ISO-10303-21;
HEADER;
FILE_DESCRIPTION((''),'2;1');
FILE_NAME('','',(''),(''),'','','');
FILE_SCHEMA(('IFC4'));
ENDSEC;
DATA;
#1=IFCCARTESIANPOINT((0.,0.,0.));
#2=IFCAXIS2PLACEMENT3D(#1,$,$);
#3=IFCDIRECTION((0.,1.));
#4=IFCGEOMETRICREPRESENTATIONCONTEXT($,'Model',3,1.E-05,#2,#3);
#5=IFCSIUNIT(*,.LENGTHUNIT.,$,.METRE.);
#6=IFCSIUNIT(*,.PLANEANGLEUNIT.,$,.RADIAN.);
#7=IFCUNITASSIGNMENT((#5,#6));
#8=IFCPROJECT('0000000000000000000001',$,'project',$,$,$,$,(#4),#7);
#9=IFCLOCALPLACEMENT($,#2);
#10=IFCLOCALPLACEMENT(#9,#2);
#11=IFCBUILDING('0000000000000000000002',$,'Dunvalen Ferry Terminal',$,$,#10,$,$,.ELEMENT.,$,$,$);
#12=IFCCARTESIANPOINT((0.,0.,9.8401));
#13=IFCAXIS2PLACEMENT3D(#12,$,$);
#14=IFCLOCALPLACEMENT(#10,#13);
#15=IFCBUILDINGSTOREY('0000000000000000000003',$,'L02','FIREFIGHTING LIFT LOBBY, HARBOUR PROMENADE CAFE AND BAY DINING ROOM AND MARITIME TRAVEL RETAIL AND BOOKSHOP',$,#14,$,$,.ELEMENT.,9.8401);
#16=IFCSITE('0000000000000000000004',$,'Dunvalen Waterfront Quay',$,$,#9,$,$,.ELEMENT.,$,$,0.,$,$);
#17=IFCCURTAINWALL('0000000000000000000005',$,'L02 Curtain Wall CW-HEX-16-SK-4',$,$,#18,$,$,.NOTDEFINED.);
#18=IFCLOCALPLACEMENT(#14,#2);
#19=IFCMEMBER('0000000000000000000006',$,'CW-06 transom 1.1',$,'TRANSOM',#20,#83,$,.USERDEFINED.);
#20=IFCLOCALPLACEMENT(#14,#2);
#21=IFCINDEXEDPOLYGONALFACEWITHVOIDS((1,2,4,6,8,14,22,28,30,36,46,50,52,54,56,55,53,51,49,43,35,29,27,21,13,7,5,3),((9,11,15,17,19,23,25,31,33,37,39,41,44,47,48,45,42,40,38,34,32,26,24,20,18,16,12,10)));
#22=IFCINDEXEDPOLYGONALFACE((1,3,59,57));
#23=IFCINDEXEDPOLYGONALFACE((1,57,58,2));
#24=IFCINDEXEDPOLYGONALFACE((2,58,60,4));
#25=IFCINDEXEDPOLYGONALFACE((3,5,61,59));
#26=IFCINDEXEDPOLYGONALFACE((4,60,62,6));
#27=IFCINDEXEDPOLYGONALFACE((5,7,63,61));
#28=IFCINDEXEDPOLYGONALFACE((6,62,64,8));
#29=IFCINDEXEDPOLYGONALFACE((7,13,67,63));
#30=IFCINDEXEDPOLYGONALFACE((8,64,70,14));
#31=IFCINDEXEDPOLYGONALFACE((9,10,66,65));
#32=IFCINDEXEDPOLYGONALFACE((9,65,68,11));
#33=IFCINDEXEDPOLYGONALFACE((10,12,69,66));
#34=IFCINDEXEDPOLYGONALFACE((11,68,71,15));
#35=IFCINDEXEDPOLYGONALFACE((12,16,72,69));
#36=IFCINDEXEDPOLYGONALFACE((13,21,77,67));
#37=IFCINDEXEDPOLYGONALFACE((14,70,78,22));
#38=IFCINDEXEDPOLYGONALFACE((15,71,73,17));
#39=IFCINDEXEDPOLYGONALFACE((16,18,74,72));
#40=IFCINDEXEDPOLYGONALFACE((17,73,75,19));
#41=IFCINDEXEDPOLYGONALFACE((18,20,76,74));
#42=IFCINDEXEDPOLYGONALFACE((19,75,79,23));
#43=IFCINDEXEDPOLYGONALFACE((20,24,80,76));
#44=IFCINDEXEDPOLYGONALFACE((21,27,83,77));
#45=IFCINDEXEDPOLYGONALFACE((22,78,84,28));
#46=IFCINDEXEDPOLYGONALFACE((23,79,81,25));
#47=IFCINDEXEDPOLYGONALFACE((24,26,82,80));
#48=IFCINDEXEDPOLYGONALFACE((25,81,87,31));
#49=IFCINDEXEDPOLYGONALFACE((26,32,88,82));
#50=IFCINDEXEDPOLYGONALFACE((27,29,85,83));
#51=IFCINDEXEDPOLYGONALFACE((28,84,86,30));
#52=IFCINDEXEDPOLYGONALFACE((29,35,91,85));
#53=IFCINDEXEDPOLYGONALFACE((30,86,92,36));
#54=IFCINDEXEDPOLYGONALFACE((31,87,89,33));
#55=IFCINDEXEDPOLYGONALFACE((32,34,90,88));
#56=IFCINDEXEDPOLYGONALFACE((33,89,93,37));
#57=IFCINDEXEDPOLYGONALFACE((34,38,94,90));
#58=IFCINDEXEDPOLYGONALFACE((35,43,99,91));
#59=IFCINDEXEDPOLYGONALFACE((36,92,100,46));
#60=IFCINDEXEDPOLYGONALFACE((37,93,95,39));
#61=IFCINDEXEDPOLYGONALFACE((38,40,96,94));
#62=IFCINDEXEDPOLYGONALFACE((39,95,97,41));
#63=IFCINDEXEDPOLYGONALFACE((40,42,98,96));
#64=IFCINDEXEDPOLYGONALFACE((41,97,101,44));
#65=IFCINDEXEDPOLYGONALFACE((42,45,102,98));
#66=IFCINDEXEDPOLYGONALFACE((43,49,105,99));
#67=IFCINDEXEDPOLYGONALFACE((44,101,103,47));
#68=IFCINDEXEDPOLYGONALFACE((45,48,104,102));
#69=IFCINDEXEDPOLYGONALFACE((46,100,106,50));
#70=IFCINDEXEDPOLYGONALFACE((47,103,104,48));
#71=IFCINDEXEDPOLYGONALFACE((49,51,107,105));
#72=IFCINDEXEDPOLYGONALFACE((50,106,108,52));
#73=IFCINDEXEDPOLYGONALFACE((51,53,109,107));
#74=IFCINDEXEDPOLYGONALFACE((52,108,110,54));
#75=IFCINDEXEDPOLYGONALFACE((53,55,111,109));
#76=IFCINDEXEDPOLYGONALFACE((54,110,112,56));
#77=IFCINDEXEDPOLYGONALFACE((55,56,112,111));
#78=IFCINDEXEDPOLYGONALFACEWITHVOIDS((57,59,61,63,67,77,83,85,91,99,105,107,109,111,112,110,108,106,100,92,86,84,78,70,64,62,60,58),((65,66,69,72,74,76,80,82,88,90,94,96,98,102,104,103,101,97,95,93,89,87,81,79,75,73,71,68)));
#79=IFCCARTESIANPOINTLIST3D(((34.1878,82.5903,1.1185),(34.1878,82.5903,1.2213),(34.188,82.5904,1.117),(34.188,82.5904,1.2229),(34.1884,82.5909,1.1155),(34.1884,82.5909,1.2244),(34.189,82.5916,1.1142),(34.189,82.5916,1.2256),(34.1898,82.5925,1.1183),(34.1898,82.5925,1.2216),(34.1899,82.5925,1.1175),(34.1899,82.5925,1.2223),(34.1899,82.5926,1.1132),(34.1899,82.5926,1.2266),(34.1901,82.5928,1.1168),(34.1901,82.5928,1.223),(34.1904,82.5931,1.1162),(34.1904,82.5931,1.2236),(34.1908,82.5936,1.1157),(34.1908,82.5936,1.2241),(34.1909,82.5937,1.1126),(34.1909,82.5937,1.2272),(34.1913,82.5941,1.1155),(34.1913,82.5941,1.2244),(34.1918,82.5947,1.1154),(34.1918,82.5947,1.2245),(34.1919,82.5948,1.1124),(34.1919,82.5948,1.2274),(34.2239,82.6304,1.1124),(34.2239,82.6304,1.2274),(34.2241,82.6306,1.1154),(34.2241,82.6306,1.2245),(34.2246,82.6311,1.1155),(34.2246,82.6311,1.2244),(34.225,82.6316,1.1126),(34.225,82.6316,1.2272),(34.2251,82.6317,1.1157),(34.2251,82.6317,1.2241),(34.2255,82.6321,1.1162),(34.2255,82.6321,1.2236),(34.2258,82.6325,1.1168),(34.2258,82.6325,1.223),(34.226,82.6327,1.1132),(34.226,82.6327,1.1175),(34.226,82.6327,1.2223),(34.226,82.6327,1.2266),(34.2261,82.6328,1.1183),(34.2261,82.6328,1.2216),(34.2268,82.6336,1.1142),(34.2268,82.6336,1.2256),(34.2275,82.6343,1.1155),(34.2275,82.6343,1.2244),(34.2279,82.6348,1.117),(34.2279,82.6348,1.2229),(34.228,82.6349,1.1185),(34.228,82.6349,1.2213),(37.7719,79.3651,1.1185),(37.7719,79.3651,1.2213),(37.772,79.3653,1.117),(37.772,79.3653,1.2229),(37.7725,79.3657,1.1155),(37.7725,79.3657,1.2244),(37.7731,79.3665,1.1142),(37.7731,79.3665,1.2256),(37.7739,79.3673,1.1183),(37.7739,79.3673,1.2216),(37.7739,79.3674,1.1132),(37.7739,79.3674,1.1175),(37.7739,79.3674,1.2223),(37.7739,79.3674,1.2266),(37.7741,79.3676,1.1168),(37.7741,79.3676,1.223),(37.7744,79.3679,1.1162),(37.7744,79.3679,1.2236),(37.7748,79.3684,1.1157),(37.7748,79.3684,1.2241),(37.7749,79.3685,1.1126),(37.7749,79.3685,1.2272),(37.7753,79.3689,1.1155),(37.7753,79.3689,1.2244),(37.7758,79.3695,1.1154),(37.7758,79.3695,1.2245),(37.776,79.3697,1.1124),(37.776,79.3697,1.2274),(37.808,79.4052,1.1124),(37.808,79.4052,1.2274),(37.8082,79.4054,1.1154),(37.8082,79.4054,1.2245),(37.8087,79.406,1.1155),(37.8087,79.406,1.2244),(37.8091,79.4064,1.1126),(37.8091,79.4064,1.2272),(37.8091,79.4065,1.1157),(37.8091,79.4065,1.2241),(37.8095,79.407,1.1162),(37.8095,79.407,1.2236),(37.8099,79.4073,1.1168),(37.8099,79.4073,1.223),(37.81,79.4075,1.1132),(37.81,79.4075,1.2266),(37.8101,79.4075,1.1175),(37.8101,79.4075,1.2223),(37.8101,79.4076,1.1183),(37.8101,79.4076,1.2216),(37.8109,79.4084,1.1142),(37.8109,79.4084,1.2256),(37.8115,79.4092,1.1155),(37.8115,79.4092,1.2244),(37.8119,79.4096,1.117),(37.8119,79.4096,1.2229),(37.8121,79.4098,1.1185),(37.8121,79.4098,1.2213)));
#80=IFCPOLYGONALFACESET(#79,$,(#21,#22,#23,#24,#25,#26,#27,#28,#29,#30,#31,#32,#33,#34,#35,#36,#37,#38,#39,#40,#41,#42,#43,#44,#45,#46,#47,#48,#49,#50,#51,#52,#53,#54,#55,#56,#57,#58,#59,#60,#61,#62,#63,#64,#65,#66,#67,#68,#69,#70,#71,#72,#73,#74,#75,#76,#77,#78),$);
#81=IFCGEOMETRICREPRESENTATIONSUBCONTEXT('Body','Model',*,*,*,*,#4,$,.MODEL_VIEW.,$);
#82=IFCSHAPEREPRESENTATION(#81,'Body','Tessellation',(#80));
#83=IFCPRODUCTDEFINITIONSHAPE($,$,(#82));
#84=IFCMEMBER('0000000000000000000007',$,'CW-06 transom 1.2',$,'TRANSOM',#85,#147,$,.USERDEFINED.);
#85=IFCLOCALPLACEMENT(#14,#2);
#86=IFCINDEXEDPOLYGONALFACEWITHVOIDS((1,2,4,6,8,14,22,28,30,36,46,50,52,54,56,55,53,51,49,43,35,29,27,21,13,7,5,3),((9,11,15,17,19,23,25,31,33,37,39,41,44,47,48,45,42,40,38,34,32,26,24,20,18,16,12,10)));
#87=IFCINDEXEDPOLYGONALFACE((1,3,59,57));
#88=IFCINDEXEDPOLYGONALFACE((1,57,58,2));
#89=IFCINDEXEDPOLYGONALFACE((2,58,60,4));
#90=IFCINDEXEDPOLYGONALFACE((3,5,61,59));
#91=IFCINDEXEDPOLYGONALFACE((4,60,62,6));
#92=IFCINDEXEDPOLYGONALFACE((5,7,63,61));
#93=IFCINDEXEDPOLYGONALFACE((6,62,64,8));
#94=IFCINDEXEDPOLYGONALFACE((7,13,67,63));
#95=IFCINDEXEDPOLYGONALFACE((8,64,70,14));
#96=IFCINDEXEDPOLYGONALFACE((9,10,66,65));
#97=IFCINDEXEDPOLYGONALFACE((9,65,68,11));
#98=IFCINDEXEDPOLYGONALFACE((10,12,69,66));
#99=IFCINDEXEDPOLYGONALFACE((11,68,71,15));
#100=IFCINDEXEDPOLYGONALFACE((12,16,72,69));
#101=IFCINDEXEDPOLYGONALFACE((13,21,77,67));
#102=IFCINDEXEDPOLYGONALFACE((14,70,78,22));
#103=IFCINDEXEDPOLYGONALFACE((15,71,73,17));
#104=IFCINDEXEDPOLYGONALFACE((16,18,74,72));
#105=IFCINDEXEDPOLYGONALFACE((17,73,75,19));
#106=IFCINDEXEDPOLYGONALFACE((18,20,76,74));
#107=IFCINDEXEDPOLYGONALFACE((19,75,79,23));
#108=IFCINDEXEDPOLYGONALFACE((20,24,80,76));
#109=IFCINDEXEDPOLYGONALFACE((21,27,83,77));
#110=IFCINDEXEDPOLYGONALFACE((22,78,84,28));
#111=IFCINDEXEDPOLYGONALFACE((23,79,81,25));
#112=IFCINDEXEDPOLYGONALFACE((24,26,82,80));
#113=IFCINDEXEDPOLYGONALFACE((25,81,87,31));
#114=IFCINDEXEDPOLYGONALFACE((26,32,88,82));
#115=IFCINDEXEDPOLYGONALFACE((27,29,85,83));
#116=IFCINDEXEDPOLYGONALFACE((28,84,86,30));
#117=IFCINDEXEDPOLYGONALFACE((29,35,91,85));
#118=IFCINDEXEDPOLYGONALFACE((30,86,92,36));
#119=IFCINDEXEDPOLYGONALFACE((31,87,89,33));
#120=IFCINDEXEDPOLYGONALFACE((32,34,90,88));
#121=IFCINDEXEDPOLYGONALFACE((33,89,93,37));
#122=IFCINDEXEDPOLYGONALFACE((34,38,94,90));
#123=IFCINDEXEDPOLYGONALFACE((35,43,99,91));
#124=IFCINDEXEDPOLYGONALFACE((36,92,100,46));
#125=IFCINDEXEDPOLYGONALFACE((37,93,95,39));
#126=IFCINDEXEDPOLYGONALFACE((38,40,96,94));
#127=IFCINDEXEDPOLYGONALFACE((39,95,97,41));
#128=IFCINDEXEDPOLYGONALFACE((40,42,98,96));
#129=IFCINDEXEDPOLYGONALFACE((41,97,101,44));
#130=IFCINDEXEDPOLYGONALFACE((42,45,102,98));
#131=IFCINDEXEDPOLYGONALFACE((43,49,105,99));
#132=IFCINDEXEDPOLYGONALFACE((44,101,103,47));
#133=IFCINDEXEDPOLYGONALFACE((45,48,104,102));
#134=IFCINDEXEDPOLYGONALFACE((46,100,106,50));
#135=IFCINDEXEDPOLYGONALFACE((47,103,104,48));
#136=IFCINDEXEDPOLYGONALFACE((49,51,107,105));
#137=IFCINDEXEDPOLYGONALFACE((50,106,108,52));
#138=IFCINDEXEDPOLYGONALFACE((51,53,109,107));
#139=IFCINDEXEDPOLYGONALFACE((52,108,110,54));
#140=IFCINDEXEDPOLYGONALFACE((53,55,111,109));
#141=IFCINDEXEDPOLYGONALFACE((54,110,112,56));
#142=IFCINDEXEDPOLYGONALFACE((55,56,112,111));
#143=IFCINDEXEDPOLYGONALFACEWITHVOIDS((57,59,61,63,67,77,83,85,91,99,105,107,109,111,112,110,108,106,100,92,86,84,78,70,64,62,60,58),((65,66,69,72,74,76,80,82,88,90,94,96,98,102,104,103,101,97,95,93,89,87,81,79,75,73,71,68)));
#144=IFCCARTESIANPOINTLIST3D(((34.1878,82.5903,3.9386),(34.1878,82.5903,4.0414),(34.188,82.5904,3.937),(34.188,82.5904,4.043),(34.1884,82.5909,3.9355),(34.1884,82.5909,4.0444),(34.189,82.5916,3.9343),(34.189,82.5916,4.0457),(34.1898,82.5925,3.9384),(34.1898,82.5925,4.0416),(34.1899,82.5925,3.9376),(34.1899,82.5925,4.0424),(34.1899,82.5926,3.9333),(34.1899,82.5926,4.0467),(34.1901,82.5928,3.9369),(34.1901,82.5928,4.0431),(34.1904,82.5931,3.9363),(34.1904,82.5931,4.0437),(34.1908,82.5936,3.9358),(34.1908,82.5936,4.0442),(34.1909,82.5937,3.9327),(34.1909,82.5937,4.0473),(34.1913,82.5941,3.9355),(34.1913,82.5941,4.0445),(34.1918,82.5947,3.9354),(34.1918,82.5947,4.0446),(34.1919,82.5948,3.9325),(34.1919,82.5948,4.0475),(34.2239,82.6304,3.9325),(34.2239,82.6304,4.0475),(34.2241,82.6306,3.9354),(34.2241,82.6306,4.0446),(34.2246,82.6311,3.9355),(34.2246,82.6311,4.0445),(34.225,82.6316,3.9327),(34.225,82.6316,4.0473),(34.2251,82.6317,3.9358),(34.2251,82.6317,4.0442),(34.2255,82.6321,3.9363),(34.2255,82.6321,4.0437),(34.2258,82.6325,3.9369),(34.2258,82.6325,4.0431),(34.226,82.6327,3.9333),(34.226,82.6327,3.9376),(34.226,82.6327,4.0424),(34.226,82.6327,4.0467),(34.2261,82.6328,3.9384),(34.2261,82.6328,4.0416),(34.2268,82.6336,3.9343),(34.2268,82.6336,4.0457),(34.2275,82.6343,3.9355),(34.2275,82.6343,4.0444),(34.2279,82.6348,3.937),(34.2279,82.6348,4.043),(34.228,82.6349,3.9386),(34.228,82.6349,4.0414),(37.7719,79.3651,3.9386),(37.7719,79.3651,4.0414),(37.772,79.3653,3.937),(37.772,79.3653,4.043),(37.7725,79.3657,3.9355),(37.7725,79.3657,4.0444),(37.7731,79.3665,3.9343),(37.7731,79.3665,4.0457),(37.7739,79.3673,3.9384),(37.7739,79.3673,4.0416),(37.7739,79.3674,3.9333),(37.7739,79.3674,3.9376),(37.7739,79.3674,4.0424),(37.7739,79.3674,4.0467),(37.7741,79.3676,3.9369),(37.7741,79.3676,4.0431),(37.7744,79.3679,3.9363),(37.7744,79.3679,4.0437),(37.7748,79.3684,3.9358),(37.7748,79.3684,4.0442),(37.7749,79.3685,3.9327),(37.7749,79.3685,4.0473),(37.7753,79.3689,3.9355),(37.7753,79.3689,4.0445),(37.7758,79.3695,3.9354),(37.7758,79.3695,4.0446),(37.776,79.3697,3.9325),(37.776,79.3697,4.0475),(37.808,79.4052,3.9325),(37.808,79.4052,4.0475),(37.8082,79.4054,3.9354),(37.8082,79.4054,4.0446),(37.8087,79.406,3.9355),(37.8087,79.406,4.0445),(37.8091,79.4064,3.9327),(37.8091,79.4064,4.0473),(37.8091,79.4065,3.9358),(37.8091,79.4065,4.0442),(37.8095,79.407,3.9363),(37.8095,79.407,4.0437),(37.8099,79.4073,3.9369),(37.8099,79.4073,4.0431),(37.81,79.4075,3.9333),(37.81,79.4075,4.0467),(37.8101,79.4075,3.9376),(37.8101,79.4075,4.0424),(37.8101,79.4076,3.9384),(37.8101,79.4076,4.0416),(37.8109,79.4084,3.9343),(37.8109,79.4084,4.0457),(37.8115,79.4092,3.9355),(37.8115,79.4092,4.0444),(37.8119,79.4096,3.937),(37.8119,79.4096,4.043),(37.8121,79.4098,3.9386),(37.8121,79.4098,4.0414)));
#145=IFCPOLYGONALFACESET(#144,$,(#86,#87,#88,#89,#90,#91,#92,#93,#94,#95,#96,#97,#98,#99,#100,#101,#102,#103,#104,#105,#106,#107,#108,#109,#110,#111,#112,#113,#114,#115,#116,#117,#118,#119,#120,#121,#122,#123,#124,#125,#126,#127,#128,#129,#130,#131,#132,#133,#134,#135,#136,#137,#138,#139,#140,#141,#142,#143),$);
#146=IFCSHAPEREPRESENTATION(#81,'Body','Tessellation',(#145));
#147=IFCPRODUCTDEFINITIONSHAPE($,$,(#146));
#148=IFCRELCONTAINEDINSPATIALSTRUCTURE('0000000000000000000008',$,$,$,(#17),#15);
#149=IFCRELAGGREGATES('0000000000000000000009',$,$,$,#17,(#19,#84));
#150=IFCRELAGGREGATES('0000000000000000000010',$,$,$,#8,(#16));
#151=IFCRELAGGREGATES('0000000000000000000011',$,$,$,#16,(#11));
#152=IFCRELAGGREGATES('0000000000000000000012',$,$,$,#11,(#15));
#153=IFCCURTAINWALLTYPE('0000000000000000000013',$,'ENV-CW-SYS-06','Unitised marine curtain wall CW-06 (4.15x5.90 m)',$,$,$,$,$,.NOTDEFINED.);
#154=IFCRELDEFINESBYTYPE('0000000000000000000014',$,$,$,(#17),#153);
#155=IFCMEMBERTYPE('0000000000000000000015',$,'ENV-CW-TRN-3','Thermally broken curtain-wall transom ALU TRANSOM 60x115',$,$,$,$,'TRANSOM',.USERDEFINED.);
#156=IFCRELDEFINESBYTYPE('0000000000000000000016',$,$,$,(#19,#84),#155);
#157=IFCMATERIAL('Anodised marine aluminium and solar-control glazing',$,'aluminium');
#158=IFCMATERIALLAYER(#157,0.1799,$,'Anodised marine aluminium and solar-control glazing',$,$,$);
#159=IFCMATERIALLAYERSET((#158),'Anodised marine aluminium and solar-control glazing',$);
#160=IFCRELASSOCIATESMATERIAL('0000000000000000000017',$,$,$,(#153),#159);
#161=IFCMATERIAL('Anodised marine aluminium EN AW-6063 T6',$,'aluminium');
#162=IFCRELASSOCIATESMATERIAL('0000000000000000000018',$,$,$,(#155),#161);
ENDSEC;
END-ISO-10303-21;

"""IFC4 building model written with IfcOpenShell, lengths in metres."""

from ifc_helpers import new_model, si_unit, direction, frame, origin, origin_2d, place, context, subcontext, project, spatial, hollow_rectangle, extrude, material, layer, layer_set, material_profile, profile_set, type_object, element, aggregate, save


model = new_model("IFC4")

# Units and contexts
model_context = context("Model", 3, precision=1e-05, world=origin(), true_north=direction((0.0, 1.0)))
body_context = subcontext(model_context, "Body", "Model", "MODEL_VIEW")
ifc_project = project(units=[si_unit("LENGTHUNIT", "METRE"), si_unit("PLANEANGLEUNIT", "RADIAN")], contexts=[model_context])

# Site, building, storey
site_placement = place(None, origin())
site = spatial("IfcSite", under=ifc_project, at=site_placement, Name="Dunvalen Waterfront Quay", CompositionType="ELEMENT", RefElevation=0.0)
building_placement = place(site_placement, origin())
building = spatial("IfcBuilding", under=site, at=building_placement, Name="Dunvalen Ferry Terminal", CompositionType="ELEMENT")
storey_placement = place(building_placement, frame((0.0, 0.0, 9.8401)))
storey = spatial("IfcBuildingStorey", under=building, at=storey_placement, Name="L02", Description="FIREFIGHTING LIFT LOBBY, HARBOUR PROMENADE CAFE AND BAY DINING ROOM AND MARITIME TRAVEL RETAIL AND BOOKSHOP", CompositionType="ELEMENT", Elevation=9.8401)

# Shared definitions
ifc_material_1 = material(Name="Anodised marine aluminium and solar-control glazing", Category="aluminium")
ifc_material_2 = material(Name="Anodised marine aluminium EN AW-6063 T6", Category="aluminium")

# Curtain wall
ifc_layer_1 = layer(ifc_material_1, 0.1799, Name="Anodised marine aluminium and solar-control glazing")
ifc_layer_set_1 = layer_set([ifc_layer_1], Name="Anodised marine aluminium and solar-control glazing")
curtain_wall_type_1 = type_object("IfcCurtainWallType", Name="ENV-CW-SYS-06", Description="Unitised marine curtain wall CW-06 (4.15x5.90 m)", PredefinedType="NOTDEFINED", material=ifc_layer_set_1)
curtain_wall_1_placement = place(storey_placement, origin())
curtain_wall_1 = element("IfcCurtainWall", 1, at=curtain_wall_1_placement, inside=storey, type_object=curtain_wall_type_1, Name="L02 Curtain Wall CW-HEX-16-SK-4", PredefinedType="NOTDEFINED")

# Members
ifc_material_profile_1 = material_profile(ifc_material_2, hollow_rectangle(XDim=0.0601, YDim=0.115, WallThickness=0.0029, InnerFilletRadius=0.0029, OuterFilletRadius=0.0061, at=origin_2d()), Name="Anodised marine aluminium EN AW-6063 T6")
ifc_profile_set_1 = profile_set([ifc_material_profile_1], Name="Anodised marine aluminium EN AW-6063 T6")
member_type_1 = type_object("IfcMemberType", Name="ENV-CW-TRN-3", Description="Thermally broken curtain-wall transom ALU TRANSOM 60x115", ElementType="TRANSOM", PredefinedType="USERDEFINED", material=ifc_profile_set_1)
member_1_placement = place(storey_placement, frame((37.792, 79.3875, 1.1699), z_axis=(-0.743345, 0.668909, 0.0), x_axis=(-0.668909, -0.743345, 0.0)))
member_1 = element("IfcMember", 2, at=member_1_placement, type_object=member_type_1, Name="CW-06 transom 1.1", ObjectType="TRANSOM", PredefinedType="USERDEFINED", context=body_context, shape_type="SweptSolid", body=[
    extrude(hollow_rectangle(XDim=0.0601, YDim=0.115, WallThickness=0.0029, InnerFilletRadius=0.0029, OuterFilletRadius=0.0061, at=origin_2d()), origin(), (0.0, 0.0, 1.0), 4.8215),
])
member_2_placement = place(storey_placement, frame((37.792, 79.3875, 3.99), z_axis=(-0.743345, 0.668909, 0.0), x_axis=(-0.668909, -0.743345, 0.0)))
member_2 = element("IfcMember", 3, at=member_2_placement, type_object=member_type_1, Name="CW-06 transom 1.2", ObjectType="TRANSOM", PredefinedType="USERDEFINED", context=body_context, shape_type="SweptSolid", body=[
    extrude(hollow_rectangle(XDim=0.0601, YDim=0.115, WallThickness=0.0029, InnerFilletRadius=0.0029, OuterFilletRadius=0.0061, at=origin_2d()), origin(), (0.0, 0.0, 1.0), 4.8215),
])
aggregate(curtain_wall_1, [member_1, member_2])

save(model, "model.ifc")
